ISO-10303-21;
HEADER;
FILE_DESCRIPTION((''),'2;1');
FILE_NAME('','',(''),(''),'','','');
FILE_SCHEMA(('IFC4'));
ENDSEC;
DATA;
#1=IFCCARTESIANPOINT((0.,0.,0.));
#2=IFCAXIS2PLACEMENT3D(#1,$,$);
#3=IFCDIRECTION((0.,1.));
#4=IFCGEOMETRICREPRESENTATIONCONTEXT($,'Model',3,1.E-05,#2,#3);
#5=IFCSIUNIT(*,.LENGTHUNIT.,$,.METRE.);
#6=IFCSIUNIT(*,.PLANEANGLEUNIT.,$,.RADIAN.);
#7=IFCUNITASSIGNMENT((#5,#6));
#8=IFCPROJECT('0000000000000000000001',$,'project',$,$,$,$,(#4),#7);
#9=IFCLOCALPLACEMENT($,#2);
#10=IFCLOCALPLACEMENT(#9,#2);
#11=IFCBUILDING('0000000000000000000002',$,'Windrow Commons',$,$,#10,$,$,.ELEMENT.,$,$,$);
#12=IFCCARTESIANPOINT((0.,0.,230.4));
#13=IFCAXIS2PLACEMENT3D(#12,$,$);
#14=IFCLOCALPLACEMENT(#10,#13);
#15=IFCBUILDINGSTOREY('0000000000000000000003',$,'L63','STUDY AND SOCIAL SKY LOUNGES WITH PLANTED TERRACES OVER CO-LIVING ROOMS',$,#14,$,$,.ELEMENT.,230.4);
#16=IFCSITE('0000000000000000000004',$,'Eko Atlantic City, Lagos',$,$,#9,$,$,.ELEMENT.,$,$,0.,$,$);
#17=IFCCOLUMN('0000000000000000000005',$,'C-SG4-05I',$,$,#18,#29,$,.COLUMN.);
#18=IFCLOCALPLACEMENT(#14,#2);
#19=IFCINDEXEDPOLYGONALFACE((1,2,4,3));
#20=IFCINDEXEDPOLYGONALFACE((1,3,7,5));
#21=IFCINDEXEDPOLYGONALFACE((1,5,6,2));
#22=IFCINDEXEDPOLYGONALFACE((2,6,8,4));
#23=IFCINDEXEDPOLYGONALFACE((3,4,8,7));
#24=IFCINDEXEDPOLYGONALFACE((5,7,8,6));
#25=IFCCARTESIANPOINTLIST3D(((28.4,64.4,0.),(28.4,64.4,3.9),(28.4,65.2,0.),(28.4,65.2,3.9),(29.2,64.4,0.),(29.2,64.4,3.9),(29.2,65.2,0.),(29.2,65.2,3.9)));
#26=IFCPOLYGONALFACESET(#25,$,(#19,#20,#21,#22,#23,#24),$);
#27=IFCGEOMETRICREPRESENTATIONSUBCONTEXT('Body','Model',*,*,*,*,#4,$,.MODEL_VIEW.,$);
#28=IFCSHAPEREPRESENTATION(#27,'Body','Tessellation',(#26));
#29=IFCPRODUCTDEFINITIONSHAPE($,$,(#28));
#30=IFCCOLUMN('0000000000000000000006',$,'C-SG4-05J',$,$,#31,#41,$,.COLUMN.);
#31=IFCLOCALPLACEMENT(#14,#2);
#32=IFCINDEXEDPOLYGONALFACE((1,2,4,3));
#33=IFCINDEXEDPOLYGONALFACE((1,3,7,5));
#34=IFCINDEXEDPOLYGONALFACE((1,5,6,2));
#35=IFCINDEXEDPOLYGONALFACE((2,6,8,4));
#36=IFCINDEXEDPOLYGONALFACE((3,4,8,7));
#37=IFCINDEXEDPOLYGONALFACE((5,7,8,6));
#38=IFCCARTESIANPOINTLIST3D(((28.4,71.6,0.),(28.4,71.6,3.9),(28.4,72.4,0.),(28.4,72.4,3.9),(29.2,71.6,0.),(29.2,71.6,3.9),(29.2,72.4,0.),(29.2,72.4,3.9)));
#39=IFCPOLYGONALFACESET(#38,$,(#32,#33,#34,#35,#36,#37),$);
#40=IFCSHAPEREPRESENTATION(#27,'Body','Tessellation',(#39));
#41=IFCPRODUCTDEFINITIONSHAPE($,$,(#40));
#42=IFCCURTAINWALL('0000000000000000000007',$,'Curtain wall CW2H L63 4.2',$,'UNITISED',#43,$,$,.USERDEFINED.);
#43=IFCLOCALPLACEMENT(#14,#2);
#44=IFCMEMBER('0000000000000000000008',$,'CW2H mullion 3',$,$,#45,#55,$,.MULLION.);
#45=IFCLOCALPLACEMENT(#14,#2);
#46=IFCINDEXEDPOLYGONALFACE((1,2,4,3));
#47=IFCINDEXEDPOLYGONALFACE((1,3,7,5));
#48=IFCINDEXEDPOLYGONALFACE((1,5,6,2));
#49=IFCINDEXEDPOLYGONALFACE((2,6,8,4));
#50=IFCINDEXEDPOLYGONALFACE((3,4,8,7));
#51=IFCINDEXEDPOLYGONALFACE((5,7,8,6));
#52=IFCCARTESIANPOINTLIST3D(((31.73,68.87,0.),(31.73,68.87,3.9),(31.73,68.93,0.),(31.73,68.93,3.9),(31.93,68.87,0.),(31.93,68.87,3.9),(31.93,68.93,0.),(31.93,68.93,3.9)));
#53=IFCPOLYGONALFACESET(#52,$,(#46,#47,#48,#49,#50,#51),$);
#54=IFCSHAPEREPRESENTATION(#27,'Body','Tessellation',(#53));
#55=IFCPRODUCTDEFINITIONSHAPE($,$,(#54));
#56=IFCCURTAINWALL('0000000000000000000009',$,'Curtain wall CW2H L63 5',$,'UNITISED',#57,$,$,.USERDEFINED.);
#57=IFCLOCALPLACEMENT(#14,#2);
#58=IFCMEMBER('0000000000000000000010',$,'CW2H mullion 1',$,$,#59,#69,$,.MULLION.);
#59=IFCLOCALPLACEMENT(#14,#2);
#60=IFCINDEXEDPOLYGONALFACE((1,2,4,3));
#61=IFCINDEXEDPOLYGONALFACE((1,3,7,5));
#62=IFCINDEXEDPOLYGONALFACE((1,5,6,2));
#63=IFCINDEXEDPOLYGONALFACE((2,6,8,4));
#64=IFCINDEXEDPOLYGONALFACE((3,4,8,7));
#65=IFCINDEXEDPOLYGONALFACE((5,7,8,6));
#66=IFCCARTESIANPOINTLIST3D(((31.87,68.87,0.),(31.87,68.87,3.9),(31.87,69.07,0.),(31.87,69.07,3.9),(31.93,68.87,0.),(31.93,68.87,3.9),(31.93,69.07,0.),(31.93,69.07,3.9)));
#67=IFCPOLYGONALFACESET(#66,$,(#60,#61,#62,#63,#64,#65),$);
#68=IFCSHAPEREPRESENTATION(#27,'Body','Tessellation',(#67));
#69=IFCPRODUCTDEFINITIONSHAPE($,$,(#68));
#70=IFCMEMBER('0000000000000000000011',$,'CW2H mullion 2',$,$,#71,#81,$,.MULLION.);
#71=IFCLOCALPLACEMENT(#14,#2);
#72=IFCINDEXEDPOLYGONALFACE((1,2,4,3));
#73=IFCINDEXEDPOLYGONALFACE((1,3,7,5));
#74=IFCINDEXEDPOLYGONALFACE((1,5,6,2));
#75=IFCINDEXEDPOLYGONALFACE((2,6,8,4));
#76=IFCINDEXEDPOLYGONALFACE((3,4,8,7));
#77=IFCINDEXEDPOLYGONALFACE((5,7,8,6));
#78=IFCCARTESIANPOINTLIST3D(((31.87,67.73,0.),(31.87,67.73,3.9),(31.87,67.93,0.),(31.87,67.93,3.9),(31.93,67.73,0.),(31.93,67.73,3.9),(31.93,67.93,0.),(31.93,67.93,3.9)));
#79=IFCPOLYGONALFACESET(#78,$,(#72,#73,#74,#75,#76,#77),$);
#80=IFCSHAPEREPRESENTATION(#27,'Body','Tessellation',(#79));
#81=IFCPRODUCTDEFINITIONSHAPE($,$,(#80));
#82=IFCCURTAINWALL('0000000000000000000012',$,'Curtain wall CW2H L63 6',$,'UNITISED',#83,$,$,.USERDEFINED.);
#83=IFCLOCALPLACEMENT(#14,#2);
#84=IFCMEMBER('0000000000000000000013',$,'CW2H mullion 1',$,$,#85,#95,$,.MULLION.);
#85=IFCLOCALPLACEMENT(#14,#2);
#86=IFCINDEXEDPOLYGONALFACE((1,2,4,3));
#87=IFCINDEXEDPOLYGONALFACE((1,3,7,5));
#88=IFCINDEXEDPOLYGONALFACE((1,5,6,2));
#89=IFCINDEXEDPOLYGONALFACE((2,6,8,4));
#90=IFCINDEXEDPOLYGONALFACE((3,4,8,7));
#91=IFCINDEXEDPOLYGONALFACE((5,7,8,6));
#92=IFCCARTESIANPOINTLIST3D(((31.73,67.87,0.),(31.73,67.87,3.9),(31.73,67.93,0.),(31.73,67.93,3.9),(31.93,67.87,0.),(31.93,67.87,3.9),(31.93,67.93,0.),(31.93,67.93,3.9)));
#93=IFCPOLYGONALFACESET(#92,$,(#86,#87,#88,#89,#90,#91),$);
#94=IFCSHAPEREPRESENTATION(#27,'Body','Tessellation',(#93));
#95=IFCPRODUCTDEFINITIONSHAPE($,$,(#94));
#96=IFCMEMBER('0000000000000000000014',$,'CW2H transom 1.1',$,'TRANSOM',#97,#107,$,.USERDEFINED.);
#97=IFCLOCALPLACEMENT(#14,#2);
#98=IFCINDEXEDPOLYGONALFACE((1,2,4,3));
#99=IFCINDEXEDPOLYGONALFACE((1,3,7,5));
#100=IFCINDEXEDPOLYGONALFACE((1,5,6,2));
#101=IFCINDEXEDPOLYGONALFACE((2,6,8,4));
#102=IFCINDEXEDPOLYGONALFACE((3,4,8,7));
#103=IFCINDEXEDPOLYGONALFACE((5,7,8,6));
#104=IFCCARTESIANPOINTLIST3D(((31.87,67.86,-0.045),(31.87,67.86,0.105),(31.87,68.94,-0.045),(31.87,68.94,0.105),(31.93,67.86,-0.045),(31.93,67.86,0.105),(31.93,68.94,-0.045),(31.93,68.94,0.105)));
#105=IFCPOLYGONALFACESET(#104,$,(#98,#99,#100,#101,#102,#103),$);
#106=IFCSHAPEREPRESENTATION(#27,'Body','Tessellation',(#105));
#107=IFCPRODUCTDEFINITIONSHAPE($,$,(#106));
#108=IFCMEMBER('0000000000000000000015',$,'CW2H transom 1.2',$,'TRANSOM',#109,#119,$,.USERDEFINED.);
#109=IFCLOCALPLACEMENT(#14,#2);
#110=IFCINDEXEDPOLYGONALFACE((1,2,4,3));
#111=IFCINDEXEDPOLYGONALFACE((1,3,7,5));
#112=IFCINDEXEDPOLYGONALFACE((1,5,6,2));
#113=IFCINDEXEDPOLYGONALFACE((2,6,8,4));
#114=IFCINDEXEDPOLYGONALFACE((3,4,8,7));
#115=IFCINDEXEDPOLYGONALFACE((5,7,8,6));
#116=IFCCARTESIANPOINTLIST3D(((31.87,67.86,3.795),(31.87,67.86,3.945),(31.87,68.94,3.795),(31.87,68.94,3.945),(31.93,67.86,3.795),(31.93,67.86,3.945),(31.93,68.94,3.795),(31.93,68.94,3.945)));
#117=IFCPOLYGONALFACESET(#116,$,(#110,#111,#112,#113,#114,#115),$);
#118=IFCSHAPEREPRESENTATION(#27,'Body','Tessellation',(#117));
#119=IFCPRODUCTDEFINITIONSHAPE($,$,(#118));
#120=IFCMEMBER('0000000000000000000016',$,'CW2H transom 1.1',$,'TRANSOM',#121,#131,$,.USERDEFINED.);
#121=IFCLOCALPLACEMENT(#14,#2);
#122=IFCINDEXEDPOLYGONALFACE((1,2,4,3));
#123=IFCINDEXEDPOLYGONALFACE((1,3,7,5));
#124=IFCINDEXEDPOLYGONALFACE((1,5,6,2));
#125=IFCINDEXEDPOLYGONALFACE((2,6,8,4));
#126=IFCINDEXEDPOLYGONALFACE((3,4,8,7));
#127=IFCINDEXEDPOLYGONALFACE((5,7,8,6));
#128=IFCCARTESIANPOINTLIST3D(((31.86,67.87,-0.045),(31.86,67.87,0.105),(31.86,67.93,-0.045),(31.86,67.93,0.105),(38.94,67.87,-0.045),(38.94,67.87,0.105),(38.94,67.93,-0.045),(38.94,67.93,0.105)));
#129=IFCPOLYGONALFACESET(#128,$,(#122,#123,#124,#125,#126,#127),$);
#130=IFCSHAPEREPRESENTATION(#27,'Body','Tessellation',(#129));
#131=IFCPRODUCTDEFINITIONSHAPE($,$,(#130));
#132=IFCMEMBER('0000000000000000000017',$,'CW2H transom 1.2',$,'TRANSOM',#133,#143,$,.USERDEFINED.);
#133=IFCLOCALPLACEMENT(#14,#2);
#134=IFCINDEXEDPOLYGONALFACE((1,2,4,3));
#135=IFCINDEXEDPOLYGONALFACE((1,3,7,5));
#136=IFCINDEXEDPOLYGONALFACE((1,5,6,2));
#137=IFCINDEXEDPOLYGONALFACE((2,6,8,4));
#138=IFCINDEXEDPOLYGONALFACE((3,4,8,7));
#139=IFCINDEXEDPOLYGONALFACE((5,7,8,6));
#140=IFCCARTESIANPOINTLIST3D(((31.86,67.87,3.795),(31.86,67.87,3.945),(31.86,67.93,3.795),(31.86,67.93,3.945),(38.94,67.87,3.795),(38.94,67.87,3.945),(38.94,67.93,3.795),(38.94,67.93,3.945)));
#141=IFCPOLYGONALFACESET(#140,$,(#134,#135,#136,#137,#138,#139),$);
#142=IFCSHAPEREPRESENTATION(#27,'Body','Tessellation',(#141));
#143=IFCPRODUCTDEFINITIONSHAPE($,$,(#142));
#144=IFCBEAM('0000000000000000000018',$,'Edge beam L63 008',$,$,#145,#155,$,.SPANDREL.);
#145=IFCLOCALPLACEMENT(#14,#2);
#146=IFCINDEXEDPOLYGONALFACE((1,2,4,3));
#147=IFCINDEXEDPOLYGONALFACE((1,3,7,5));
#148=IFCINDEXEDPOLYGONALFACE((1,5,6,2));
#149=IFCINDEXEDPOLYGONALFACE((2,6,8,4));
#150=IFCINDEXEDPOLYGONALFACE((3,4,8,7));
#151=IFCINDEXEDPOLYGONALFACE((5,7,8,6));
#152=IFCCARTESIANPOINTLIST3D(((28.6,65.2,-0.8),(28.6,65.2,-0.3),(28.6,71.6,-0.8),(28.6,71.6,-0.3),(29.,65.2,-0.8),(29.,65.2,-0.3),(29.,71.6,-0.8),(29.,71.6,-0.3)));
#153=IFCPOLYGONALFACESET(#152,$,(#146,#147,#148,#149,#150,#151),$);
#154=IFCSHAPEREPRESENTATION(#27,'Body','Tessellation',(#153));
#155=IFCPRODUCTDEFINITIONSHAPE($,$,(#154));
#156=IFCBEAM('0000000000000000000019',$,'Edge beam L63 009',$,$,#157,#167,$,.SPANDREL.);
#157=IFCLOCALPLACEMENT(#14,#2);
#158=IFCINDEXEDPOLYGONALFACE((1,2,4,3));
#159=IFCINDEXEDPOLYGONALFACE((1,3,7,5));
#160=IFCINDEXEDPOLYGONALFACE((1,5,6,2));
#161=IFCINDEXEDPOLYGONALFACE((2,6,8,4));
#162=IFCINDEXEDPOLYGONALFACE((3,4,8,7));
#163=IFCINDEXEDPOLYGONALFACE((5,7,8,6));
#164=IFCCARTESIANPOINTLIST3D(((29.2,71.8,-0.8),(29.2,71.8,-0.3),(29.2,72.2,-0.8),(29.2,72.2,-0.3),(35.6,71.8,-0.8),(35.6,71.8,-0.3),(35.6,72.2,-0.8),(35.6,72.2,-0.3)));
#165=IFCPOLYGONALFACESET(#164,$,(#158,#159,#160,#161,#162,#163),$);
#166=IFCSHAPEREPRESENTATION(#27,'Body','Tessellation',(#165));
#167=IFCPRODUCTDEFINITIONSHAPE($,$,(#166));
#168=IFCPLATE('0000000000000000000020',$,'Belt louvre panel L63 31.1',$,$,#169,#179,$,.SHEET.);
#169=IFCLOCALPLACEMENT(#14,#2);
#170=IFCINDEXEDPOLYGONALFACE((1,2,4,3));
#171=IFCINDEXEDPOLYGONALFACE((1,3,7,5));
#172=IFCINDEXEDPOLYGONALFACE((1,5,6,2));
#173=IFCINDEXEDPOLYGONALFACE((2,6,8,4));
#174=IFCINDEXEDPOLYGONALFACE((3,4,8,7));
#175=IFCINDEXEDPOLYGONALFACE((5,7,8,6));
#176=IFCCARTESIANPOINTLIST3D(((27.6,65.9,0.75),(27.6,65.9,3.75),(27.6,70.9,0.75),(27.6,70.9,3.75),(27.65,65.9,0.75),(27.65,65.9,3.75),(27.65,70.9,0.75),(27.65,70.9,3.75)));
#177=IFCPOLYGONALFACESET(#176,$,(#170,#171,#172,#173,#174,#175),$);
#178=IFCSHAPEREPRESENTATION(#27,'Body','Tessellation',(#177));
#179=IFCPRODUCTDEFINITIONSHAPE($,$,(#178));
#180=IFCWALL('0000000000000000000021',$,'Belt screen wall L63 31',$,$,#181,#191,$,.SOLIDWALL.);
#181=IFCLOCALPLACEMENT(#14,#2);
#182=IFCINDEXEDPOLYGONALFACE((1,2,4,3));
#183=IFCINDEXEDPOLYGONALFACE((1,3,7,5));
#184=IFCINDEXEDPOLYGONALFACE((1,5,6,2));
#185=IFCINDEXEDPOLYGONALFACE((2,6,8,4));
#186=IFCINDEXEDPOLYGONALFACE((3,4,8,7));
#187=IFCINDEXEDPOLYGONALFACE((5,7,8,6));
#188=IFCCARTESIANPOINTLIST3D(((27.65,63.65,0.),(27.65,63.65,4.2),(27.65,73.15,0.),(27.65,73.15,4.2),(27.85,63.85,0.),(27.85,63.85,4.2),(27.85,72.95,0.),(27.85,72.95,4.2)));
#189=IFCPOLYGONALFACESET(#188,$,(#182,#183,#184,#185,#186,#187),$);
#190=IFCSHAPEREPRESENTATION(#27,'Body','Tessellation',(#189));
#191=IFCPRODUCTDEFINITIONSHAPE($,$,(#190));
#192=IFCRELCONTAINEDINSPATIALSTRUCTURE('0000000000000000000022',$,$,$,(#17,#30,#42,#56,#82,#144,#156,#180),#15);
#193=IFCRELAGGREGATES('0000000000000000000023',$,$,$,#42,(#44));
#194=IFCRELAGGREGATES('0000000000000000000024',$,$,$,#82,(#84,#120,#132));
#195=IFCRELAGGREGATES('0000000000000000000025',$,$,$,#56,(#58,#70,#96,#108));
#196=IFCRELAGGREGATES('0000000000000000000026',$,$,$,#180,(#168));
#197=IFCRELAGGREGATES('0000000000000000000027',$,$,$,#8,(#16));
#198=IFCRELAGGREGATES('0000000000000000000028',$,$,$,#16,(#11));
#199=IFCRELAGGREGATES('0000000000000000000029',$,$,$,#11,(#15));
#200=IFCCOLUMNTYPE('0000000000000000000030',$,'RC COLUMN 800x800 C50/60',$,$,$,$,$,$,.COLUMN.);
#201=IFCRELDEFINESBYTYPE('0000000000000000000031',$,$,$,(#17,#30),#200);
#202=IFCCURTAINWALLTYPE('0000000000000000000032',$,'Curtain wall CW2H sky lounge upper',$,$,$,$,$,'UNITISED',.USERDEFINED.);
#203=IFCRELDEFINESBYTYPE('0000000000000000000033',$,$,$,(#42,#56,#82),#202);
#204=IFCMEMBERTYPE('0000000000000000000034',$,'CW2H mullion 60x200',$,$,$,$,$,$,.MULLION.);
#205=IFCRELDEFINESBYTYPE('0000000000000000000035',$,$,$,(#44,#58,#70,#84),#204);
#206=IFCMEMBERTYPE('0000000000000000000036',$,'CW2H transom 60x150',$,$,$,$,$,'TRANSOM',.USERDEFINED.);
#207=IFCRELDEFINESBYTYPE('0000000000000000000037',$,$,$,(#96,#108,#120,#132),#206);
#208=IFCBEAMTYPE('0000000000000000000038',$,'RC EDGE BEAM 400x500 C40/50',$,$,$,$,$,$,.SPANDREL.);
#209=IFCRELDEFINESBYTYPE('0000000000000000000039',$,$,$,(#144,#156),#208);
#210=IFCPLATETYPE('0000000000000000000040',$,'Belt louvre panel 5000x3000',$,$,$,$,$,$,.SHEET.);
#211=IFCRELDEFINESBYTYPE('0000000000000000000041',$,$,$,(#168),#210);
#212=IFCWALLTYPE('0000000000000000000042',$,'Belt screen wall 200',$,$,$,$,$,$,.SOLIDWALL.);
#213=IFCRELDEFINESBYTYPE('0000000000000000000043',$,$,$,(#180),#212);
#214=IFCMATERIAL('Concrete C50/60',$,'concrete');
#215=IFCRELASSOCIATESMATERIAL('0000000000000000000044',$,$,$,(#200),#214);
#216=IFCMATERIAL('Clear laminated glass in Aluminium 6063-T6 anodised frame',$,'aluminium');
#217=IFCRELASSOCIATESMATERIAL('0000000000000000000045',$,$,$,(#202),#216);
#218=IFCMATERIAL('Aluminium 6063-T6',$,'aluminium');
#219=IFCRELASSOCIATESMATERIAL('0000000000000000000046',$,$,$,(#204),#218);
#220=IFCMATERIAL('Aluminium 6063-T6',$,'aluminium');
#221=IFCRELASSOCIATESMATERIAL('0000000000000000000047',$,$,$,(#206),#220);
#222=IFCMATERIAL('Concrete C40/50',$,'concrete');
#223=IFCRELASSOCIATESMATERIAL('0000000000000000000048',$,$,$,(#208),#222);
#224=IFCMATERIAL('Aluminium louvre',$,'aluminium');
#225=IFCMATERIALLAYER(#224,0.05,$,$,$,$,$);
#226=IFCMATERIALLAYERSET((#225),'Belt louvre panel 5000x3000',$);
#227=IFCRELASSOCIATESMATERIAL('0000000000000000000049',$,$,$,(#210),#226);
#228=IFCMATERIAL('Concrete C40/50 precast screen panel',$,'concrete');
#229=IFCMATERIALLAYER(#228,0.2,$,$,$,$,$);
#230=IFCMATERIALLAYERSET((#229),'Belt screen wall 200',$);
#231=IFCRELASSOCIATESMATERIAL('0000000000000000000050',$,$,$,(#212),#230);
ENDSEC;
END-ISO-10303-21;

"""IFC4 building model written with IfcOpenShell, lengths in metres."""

from ifc_helpers import new_model, si_unit, direction, frame, origin, origin_2d, place, context, subcontext, project, spatial, polyline, rectangle, outline, extrude, material, layer, layer_set, material_profile, profile_set, type_object, element, aggregate, save


model = new_model("IFC4")

# Units and contexts
model_context = context("Model", 3, precision=1e-05, world=origin(), true_north=direction((0.0, 1.0)))
body_context = subcontext(model_context, "Body", "Model", "MODEL_VIEW")
ifc_project = project(units=[si_unit("LENGTHUNIT", "METRE"), si_unit("PLANEANGLEUNIT", "RADIAN")], contexts=[model_context])

# Site, building, storey
site_placement = place(None, origin())
site = spatial("IfcSite", under=ifc_project, at=site_placement, Name="Eko Atlantic City, Lagos", CompositionType="ELEMENT", RefElevation=0.0)
building_placement = place(site_placement, origin())
building = spatial("IfcBuilding", under=site, at=building_placement, Name="Windrow Commons", CompositionType="ELEMENT")
storey_placement = place(building_placement, frame((0.0, 0.0, 230.4)))
storey = spatial("IfcBuildingStorey", under=building, at=storey_placement, Name="L63", Description="STUDY AND SOCIAL SKY LOUNGES WITH PLANTED TERRACES OVER CO-LIVING ROOMS", CompositionType="ELEMENT", Elevation=230.4)

# Columns
ifc_material_1 = material(Name="Concrete C50/60", Category="concrete")
ifc_material_profile_1 = material_profile(ifc_material_1, rectangle(XDim=0.8, YDim=0.8, at=origin_2d()))
ifc_profile_set_1 = profile_set([ifc_material_profile_1], Name="Concrete C50/60")
column_type = type_object("IfcColumnType", Name="RC COLUMN 800x800 C50/60", PredefinedType="COLUMN", material=ifc_profile_set_1)
for number, where, z_axis, x_axis, name in (
    (1, (28.8, 64.8, 0.0), (0.0, 0.0, 1.0), (1.0, 0.0, 0.0), "C-SG4-05I"),
    (2, (28.8, 72.0, 0.0), (0.0, 0.0, 1.0), (1.0, 0.0, 0.0), "C-SG4-05J"),
):
    element("IfcColumn", number, at=place(storey_placement, frame(where, z_axis=z_axis, x_axis=x_axis)), inside=storey, type_object=column_type, Name=name, PredefinedType="COLUMN", context=body_context, shape_type="SweptSolid", body=[
        extrude(rectangle(XDim=0.8, YDim=0.8, at=origin_2d()), origin(), (0.0, 0.0, 1.0), 3.9),
    ])

# Curtain wall, member
ifc_material_2 = material(Name="Clear laminated glass in Aluminium 6063-T6 anodised frame", Category="aluminium")
curtain_wall_type = type_object("IfcCurtainWallType", Name="Curtain wall CW2H sky lounge upper", ElementType="UNITISED", PredefinedType="USERDEFINED", material=ifc_material_2)
placement = place(storey_placement, origin())
curtain_wall_1 = element("IfcCurtainWall", 3, at=placement, inside=storey, type_object=curtain_wall_type, Name="Curtain wall CW2H L63 4.2", ObjectType="UNITISED", PredefinedType="USERDEFINED")
ifc_material_3 = material(Name="Aluminium 6063-T6", Category="aluminium")
ifc_material_profile_2 = material_profile(ifc_material_3, rectangle(XDim=0.06, YDim=0.2, at=origin_2d()))
ifc_profile_set_2 = profile_set([ifc_material_profile_2], Name="Aluminium 6063-T6")
member_type_1 = type_object("IfcMemberType", Name="CW2H mullion 60x200", PredefinedType="MULLION", material=ifc_profile_set_2)
member_1_placement = place(storey_placement, frame((31.83, 68.9, 0.0), z_axis=(0.0, 0.0, 1.0), x_axis=(0.0, -1.0, 0.0)))
member_1 = element("IfcMember", 4, at=member_1_placement, type_object=member_type_1, Name="CW2H mullion 3", PredefinedType="MULLION", context=body_context, shape_type="SweptSolid", body=[
    extrude(rectangle(XDim=0.06, YDim=0.2, at=origin_2d()), origin(), (0.0, 0.0, 1.0), 3.9),
])
aggregate(curtain_wall_1, [member_1])

# Curtain wall, members
curtain_wall_2 = element("IfcCurtainWall", 5, at=placement, inside=storey, type_object=curtain_wall_type, Name="Curtain wall CW2H L63 5", ObjectType="UNITISED", PredefinedType="USERDEFINED")
member_2_placement = place(storey_placement, frame((31.9, 68.97, 0.0), z_axis=(0.0, 0.0, 1.0), x_axis=(1.0, 0.0, 0.0)))
member_2 = element("IfcMember", 6, at=member_2_placement, type_object=member_type_1, Name="CW2H mullion 1", PredefinedType="MULLION", context=body_context, shape_type="SweptSolid", body=[
    extrude(rectangle(XDim=0.06, YDim=0.2, at=origin_2d()), origin(), (0.0, 0.0, 1.0), 3.9),
])
member_3_placement = place(storey_placement, frame((31.9, 67.83, 0.0), z_axis=(0.0, 0.0, 1.0), x_axis=(1.0, 0.0, 0.0)))
member_3 = element("IfcMember", 7, at=member_3_placement, type_object=member_type_1, Name="CW2H mullion 2", PredefinedType="MULLION", context=body_context, shape_type="SweptSolid", body=[
    extrude(rectangle(XDim=0.06, YDim=0.2, at=origin_2d()), origin(), (0.0, 0.0, 1.0), 3.9),
])

# Curtain wall, member
curtain_wall_3 = element("IfcCurtainWall", 8, at=placement, inside=storey, type_object=curtain_wall_type, Name="Curtain wall CW2H L63 6", ObjectType="UNITISED", PredefinedType="USERDEFINED")
member_4_placement = place(storey_placement, frame((31.83, 67.9, 0.0), z_axis=(0.0, 0.0, 1.0), x_axis=(0.0, 1.0, 0.0)))
member_4 = element("IfcMember", 9, at=member_4_placement, type_object=member_type_1, Name="CW2H mullion 1", PredefinedType="MULLION", context=body_context, shape_type="SweptSolid", body=[
    extrude(rectangle(XDim=0.06, YDim=0.2, at=origin_2d()), origin(), (0.0, 0.0, 1.0), 3.9),
])

# Members
ifc_material_4 = material(Name="Aluminium 6063-T6", Category="aluminium")
ifc_material_profile_3 = material_profile(ifc_material_4, rectangle(XDim=0.06, YDim=0.15, at=origin_2d()))
ifc_profile_set_3 = profile_set([ifc_material_profile_3], Name="Aluminium 6063-T6")
member_type_2 = type_object("IfcMemberType", Name="CW2H transom 60x150", ElementType="TRANSOM", PredefinedType="USERDEFINED", material=ifc_profile_set_3)
member_5_placement = place(storey_placement, frame((31.9, 68.94, 0.03), z_axis=(0.0, -1.0, 0.0), x_axis=(1.0, 0.0, 0.0)))
member_5 = element("IfcMember", 10, at=member_5_placement, type_object=member_type_2, Name="CW2H transom 1.1", ObjectType="TRANSOM", PredefinedType="USERDEFINED", context=body_context, shape_type="SweptSolid", body=[
    extrude(rectangle(XDim=0.06, YDim=0.15, at=origin_2d()), origin(), (0.0, 0.0, 1.0), 1.08),
])
member_6_placement = place(storey_placement, frame((31.9, 68.94, 3.87), z_axis=(0.0, -1.0, 0.0), x_axis=(1.0, 0.0, 0.0)))
member_6 = element("IfcMember", 11, at=member_6_placement, type_object=member_type_2, Name="CW2H transom 1.2", ObjectType="TRANSOM", PredefinedType="USERDEFINED", context=body_context, shape_type="SweptSolid", body=[
    extrude(rectangle(XDim=0.06, YDim=0.15, at=origin_2d()), origin(), (0.0, 0.0, 1.0), 1.08),
])
member_7_placement = place(storey_placement, frame((31.86, 67.9, 0.03), z_axis=(1.0, 0.0, 0.0), x_axis=(0.0, 1.0, 0.0)))
member_7 = element("IfcMember", 12, at=member_7_placement, type_object=member_type_2, Name="CW2H transom 1.1", ObjectType="TRANSOM", PredefinedType="USERDEFINED", context=body_context, shape_type="SweptSolid", body=[
    extrude(rectangle(XDim=0.06, YDim=0.15, at=origin_2d()), origin(), (0.0, 0.0, 1.0), 7.08),
])
member_8_placement = place(storey_placement, frame((31.86, 67.9, 3.87), z_axis=(1.0, 0.0, 0.0), x_axis=(0.0, 1.0, 0.0)))
member_8 = element("IfcMember", 13, at=member_8_placement, type_object=member_type_2, Name="CW2H transom 1.2", ObjectType="TRANSOM", PredefinedType="USERDEFINED", context=body_context, shape_type="SweptSolid", body=[
    extrude(rectangle(XDim=0.06, YDim=0.15, at=origin_2d()), origin(), (0.0, 0.0, 1.0), 7.08),
])
aggregate(curtain_wall_3, [member_4, member_7, member_8])

# Beams
ifc_material_5 = material(Name="Concrete C40/50", Category="concrete")
ifc_material_profile_4 = material_profile(ifc_material_5, rectangle(XDim=0.4, YDim=0.5, at=origin_2d()))
ifc_profile_set_4 = profile_set([ifc_material_profile_4], Name="Concrete C40/50")
beam_type = type_object("IfcBeamType", Name="RC EDGE BEAM 400x500 C40/50", PredefinedType="SPANDREL", material=ifc_profile_set_4)
for number, where, z_axis, x_axis, name in (
    (14, (28.8, 65.2, -0.55), (0.0, 1.0, 0.0), (-1.0, 0.0, 0.0), "Edge beam L63 008"),
    (15, (29.2, 72.0, -0.55), (1.0, 0.0, 0.0), (0.0, 1.0, 0.0), "Edge beam L63 009"),
):
    element("IfcBeam", number, at=place(storey_placement, frame(where, z_axis=z_axis, x_axis=x_axis)), inside=storey, type_object=beam_type, Name=name, PredefinedType="SPANDREL", context=body_context, shape_type="SweptSolid", body=[
        extrude(rectangle(XDim=0.4, YDim=0.5, at=origin_2d()), origin(), (0.0, 0.0, 1.0), 6.4),
    ])

# Plate
ifc_material_6 = material(Name="Aluminium louvre", Category="aluminium")
ifc_layer_1 = layer(ifc_material_6, 0.05)
ifc_layer_set_1 = layer_set([ifc_layer_1], Name="Belt louvre panel 5000x3000")
plate_type_1 = type_object("IfcPlateType", Name="Belt louvre panel 5000x3000", PredefinedType="SHEET", material=ifc_layer_set_1)
plate_1_placement = place(storey_placement, frame((27.6, 70.9, 0.75), z_axis=(-1.0, 0.0, 0.0), x_axis=(0.0, -1.0, 0.0)))
plate_1 = element("IfcPlate", 16, at=plate_1_placement, type_object=plate_type_1, Name="Belt louvre panel L63 31.1", PredefinedType="SHEET", context=body_context, shape_type="SweptSolid", body=[
    extrude(outline(polyline([(0.0, 0.0), (5.0, 0.0), (5.0, 3.0), (0.0, 3.0), (0.0, 0.0)])), origin(), (0.0, 0.0, -1.0), 0.05),
])
aggregate(curtain_wall_2, [member_2, member_3, member_5, member_6])

# Wall
ifc_material_7 = material(Name="Concrete C40/50 precast screen panel", Category="concrete")
ifc_layer_2 = layer(ifc_material_7, 0.2)
ifc_layer_set_2 = layer_set([ifc_layer_2], Name="Belt screen wall 200")
wall_type_1 = type_object("IfcWallType", Name="Belt screen wall 200", PredefinedType="SOLIDWALL", material=ifc_layer_set_2)
wall_1_placement = place(storey_placement, frame((27.75, 73.05, 0.0), z_axis=(0.0, 0.0, 1.0), x_axis=(0.0, -1.0, 0.0)))
wall_1 = element("IfcWall", 17, at=wall_1_placement, inside=storey, type_object=wall_type_1, Name="Belt screen wall L63 31", PredefinedType="SOLIDWALL", context=body_context, shape_type="SweptSolid", body=[
    extrude(outline(polyline([(-0.1, -0.1), (9.4, -0.1), (9.2, 0.1), (0.1, 0.1), (-0.1, -0.1)])), origin(), (0.0, 0.0, 1.0), 4.2),
])
aggregate(wall_1, [plate_1])

save(model, "model.ifc")
